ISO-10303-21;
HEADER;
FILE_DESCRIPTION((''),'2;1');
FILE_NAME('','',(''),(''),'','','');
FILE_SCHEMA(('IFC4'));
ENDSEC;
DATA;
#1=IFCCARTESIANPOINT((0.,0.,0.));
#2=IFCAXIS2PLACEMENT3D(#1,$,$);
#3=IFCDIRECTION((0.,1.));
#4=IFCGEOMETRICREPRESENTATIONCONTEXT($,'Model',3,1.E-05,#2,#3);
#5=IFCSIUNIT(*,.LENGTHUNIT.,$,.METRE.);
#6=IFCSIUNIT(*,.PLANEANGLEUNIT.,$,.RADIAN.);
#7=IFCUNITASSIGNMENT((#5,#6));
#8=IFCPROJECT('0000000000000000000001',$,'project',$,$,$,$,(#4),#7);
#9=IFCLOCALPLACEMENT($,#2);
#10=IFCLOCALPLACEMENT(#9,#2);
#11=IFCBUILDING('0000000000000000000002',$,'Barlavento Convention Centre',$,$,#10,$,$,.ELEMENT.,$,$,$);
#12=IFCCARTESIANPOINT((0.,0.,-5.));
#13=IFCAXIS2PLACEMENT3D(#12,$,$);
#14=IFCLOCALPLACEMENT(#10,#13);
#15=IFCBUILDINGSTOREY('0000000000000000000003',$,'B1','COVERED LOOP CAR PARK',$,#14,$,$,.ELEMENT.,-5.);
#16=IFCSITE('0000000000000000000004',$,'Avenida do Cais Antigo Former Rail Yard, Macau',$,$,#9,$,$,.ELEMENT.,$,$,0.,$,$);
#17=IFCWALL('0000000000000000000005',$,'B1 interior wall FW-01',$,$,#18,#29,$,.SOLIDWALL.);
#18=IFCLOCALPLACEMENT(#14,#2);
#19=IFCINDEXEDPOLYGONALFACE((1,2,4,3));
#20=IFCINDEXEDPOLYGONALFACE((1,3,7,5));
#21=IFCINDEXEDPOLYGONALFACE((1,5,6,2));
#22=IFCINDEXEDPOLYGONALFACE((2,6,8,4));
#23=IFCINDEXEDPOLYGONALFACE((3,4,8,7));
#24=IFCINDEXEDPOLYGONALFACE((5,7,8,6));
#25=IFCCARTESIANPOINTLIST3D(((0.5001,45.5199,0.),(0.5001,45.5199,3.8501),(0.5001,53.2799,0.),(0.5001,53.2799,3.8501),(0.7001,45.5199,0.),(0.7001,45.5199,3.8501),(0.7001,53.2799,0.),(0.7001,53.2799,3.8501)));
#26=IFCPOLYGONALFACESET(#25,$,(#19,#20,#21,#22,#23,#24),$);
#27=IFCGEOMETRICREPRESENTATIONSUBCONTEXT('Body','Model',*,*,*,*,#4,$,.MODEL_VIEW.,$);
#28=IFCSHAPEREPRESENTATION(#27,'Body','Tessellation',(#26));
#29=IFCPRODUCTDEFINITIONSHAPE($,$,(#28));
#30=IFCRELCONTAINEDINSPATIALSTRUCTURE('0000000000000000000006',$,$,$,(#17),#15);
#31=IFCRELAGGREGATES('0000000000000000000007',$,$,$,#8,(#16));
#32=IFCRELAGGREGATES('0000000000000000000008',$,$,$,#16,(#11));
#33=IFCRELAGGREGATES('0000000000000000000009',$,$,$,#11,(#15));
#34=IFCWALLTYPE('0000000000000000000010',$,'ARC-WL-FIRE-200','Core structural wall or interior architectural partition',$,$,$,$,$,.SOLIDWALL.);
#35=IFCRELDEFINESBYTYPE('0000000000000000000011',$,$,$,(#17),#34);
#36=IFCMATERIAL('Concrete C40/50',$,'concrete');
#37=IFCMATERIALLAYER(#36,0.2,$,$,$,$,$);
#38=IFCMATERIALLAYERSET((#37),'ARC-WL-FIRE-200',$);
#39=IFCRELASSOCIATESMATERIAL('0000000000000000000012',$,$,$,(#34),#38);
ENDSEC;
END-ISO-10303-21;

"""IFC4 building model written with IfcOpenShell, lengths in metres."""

from ifc_helpers import new_model, si_unit, direction, frame, frame_2d, origin, place, context, subcontext, project, spatial, rectangle, extrude, material, layer, layer_set, type_object, element, save


model = new_model("IFC4")

# Units and contexts
model_context = context("Model", 3, precision=1e-05, world=origin(), true_north=direction((0.0, 1.0)))
body_context = subcontext(model_context, "Body", "Model", "MODEL_VIEW")
ifc_project = project(units=[si_unit("LENGTHUNIT", "METRE"), si_unit("PLANEANGLEUNIT", "RADIAN")], contexts=[model_context])

# Site, building, storey
site_placement = place(None, origin())
site = spatial("IfcSite", under=ifc_project, at=site_placement, Name="Avenida do Cais Antigo Former Rail Yard, Macau", CompositionType="ELEMENT", RefElevation=0.0)
building_placement = place(site_placement, origin())
building = spatial("IfcBuilding", under=site, at=building_placement, Name="Barlavento Convention Centre", CompositionType="ELEMENT")
storey_placement = place(building_placement, frame((0.0, 0.0, -5.0)))
storey = spatial("IfcBuildingStorey", under=building, at=storey_placement, Name="B1", Description="COVERED LOOP CAR PARK", CompositionType="ELEMENT", Elevation=-5.0)

# Shared definitions
ifc_material_1 = material(Name="Concrete C40/50", Category="concrete")

# Wall
ifc_layer = layer(ifc_material_1, 0.2)
ifc_layer_set = layer_set([ifc_layer], Name="ARC-WL-FIRE-200")
wall_type = type_object("IfcWallType", Name="ARC-WL-FIRE-200", Description="Core structural wall or interior architectural partition", PredefinedType="SOLIDWALL", material=ifc_layer_set)
for number, where, z_axis, x_axis, name in (
    (1, (0.6001, 45.52, 0.0), (0.0, 0.0, 1.0), (0.0, 1.0, 0.0), "B1 interior wall FW-01"),
):
    element("IfcWall", number, at=place(storey_placement, frame(where, z_axis=z_axis, x_axis=x_axis)), inside=storey, type_object=wall_type, Name=name, PredefinedType="SOLIDWALL", context=body_context, shape_type="SweptSolid", body=[
        extrude(rectangle(XDim=7.76, YDim=0.2, at=frame_2d((3.8799, 0.0))), origin(), (0.0, 0.0, 1.0), 3.8501),
    ])

save(model, "model.ifc")
